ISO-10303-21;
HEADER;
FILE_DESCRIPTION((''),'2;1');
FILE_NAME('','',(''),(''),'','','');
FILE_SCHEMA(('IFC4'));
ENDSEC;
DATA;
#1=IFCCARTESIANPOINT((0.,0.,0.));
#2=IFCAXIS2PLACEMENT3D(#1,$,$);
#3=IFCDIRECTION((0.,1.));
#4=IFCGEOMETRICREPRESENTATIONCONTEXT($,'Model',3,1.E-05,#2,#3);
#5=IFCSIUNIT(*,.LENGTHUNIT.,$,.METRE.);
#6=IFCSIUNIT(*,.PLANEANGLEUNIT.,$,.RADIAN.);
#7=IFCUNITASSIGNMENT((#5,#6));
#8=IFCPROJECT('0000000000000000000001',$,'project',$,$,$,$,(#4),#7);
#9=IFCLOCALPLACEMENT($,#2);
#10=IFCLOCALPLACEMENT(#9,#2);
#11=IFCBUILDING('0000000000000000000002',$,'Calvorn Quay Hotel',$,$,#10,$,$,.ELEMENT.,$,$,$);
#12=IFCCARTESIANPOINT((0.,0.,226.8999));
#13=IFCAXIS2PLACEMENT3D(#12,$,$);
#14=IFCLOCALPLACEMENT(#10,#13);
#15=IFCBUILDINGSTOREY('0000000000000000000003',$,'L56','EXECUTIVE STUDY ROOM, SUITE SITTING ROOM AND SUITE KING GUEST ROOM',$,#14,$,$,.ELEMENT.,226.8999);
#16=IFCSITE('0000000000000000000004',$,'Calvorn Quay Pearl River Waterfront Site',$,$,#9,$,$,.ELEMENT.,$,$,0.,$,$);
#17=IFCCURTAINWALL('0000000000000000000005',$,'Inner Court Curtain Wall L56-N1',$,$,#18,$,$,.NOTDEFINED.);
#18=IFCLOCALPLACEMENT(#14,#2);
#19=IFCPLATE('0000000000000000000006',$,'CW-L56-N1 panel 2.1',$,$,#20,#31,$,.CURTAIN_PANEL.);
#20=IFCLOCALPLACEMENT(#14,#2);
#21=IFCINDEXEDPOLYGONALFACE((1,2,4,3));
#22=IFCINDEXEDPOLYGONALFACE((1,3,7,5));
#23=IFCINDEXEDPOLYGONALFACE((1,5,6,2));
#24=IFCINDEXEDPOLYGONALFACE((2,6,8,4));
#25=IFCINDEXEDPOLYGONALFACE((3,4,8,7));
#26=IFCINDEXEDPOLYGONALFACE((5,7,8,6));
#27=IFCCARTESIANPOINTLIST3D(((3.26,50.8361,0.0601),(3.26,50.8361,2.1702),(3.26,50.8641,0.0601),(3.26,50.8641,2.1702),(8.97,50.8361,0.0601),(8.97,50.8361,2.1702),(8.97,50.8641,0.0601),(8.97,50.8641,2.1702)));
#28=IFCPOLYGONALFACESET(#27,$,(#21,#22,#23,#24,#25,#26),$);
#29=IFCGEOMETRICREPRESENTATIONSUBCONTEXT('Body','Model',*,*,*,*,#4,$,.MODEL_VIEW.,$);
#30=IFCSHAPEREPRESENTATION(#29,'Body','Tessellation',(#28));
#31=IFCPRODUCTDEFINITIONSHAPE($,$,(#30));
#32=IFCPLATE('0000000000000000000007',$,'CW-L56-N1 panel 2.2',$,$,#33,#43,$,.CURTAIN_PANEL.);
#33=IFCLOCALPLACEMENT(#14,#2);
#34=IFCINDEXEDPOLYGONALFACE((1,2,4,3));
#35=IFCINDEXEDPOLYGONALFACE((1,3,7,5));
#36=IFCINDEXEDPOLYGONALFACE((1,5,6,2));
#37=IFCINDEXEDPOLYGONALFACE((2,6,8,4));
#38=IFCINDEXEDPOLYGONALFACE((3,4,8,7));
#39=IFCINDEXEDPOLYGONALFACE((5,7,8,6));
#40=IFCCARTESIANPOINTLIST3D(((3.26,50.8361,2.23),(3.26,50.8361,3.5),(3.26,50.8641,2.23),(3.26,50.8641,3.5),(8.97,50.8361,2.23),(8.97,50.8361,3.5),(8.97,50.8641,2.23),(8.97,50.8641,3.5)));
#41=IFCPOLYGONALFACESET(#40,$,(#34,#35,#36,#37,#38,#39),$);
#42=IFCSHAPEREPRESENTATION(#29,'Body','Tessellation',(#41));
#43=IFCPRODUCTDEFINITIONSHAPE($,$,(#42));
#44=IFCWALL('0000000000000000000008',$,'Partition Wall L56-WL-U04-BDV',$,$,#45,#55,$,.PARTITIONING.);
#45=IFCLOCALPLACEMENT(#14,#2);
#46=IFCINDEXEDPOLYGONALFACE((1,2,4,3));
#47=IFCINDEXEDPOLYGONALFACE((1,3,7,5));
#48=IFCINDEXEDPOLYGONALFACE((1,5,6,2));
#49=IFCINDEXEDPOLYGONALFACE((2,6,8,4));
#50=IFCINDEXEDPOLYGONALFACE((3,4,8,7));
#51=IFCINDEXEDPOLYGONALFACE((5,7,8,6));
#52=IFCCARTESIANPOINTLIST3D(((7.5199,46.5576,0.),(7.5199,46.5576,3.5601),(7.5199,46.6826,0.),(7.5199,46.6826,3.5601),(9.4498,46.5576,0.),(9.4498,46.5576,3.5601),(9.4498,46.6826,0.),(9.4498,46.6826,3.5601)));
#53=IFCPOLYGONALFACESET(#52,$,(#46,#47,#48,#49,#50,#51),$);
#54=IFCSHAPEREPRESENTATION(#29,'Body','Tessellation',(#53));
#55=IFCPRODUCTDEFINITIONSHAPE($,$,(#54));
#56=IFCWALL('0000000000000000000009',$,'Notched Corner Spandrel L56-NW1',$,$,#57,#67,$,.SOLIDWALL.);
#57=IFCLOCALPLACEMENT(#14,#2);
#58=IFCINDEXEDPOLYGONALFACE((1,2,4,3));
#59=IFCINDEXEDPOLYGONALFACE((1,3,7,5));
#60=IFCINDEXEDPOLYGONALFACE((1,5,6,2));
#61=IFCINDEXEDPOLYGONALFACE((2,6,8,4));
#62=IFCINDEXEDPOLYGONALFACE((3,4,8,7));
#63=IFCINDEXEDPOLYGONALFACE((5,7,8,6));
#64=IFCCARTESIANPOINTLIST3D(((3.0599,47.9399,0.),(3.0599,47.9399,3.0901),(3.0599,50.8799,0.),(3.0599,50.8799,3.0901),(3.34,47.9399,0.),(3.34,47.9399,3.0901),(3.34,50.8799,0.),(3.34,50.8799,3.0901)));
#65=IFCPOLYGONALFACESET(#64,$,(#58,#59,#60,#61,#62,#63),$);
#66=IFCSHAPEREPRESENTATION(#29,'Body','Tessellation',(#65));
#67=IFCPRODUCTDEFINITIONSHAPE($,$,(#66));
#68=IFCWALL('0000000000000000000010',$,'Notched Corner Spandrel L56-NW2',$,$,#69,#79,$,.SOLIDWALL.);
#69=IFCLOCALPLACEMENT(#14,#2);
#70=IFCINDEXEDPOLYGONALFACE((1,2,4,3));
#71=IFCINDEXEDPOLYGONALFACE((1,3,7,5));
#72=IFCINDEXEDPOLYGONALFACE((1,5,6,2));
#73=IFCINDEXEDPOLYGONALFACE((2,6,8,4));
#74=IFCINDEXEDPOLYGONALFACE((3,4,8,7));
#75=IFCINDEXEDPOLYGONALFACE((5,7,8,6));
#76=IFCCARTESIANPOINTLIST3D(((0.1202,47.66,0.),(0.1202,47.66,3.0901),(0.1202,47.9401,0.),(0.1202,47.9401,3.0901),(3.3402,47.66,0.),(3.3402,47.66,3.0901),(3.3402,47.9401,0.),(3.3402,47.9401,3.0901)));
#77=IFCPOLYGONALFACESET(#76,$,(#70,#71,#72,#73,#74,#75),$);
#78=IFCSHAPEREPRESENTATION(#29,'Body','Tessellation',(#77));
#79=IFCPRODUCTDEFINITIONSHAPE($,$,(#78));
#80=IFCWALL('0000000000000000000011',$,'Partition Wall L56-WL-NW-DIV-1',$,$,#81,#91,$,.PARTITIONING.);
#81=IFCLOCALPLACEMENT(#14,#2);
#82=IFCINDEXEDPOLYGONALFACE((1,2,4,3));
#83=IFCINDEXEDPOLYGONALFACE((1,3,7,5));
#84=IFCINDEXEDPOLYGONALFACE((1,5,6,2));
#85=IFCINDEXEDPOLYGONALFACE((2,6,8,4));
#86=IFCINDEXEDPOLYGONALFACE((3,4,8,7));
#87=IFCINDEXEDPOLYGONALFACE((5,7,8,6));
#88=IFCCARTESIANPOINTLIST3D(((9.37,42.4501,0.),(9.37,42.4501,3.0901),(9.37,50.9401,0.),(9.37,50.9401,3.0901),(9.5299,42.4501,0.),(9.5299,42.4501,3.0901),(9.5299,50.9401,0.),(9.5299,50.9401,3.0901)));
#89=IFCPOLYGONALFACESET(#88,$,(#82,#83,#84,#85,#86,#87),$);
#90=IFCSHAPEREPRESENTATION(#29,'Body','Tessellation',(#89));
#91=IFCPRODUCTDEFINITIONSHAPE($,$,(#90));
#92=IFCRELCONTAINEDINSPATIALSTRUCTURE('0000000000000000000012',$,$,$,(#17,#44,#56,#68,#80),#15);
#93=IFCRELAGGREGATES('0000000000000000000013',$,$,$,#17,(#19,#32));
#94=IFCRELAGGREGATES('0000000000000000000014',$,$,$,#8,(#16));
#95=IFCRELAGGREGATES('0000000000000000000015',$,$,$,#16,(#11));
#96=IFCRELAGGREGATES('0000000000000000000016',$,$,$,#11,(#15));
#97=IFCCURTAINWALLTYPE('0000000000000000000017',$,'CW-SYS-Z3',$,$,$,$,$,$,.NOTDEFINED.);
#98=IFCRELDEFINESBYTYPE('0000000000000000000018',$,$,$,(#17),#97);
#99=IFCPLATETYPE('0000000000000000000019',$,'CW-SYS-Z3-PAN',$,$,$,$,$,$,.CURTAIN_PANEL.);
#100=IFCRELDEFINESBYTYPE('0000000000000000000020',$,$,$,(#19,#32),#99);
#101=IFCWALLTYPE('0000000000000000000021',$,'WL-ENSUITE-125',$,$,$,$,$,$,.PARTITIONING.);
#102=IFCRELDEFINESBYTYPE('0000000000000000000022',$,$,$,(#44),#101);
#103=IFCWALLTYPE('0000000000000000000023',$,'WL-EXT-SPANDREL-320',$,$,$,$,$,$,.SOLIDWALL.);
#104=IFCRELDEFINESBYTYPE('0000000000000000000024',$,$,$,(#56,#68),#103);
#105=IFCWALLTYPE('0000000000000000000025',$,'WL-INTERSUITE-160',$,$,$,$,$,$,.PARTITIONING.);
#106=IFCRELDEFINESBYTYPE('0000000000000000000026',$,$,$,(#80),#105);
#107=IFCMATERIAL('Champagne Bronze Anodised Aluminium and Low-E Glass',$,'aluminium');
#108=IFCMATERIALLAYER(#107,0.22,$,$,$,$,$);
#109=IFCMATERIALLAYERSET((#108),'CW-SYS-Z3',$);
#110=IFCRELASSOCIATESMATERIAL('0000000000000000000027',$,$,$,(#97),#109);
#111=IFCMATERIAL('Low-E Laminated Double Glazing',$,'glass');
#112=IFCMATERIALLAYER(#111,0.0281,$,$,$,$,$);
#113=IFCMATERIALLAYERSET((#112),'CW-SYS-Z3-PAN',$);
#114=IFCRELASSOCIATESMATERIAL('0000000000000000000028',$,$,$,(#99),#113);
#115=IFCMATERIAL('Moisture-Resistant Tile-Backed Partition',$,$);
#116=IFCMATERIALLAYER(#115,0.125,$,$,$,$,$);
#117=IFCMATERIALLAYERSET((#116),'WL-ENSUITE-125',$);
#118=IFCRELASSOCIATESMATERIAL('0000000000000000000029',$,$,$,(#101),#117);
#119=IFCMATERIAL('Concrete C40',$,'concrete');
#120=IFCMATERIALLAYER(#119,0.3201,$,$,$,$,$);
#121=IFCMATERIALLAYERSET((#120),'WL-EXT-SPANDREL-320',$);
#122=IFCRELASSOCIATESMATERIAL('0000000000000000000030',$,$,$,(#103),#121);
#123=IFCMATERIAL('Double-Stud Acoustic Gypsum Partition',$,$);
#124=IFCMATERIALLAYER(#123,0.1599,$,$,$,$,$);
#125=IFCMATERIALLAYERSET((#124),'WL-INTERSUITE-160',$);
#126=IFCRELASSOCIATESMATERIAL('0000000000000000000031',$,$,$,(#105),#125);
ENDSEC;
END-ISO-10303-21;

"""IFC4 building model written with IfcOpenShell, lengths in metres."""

from ifc_helpers import new_model, si_unit, direction, frame, frame_2d, origin, origin_2d, place, context, subcontext, project, spatial, rectangle, extrude, material, layer, layer_set, type_object, element, aggregate, save


model = new_model("IFC4")

# Units and contexts
model_context = context("Model", 3, precision=1e-05, world=origin(), true_north=direction((0.0, 1.0)))
body_context = subcontext(model_context, "Body", "Model", "MODEL_VIEW")
ifc_project = project(units=[si_unit("LENGTHUNIT", "METRE"), si_unit("PLANEANGLEUNIT", "RADIAN")], contexts=[model_context])

# Site, building, storey
site_placement = place(None, origin())
site = spatial("IfcSite", under=ifc_project, at=site_placement, Name="Calvorn Quay Pearl River Waterfront Site", CompositionType="ELEMENT", RefElevation=0.0)
building_placement = place(site_placement, origin())
building = spatial("IfcBuilding", under=site, at=building_placement, Name="Calvorn Quay Hotel", CompositionType="ELEMENT")
storey_placement = place(building_placement, frame((0.0, 0.0, 226.8999)))
storey = spatial("IfcBuildingStorey", under=building, at=storey_placement, Name="L56", Description="EXECUTIVE STUDY ROOM, SUITE SITTING ROOM AND SUITE KING GUEST ROOM", CompositionType="ELEMENT", Elevation=226.8999)

# Shared definitions
ifc_material_1 = material(Name="Champagne Bronze Anodised Aluminium and Low-E Glass", Category="aluminium")
ifc_layer_1 = layer(ifc_material_1, 0.22)
ifc_layer_set_1 = layer_set([ifc_layer_1], Name="CW-SYS-Z3")
curtain_wall_type = type_object("IfcCurtainWallType", Name="CW-SYS-Z3", PredefinedType="NOTDEFINED", material=ifc_layer_set_1)

# Curtain wall
curtain_wall_1_placement = place(storey_placement, origin())
curtain_wall_1 = element("IfcCurtainWall", 1, at=curtain_wall_1_placement, inside=storey, type_object=curtain_wall_type, Name="Inner Court Curtain Wall L56-N1", PredefinedType="NOTDEFINED")

# Plates
ifc_material_2 = material(Name="Low-E Laminated Double Glazing", Category="glass")
ifc_layer_2 = layer(ifc_material_2, 0.0281)
ifc_layer_set_2 = layer_set([ifc_layer_2], Name="CW-SYS-Z3-PAN")
plate_type = type_object("IfcPlateType", Name="CW-SYS-Z3-PAN", PredefinedType="CURTAIN_PANEL", material=ifc_layer_set_2)
plate_1_placement = place(storey_placement, frame((6.115, 50.8501, 0.0601), z_axis=(0.0, 0.0, 1.0), x_axis=(-1.0, 0.0, 0.0)))
plate_1 = element("IfcPlate", 2, at=plate_1_placement, type_object=plate_type, Name="CW-L56-N1 panel 2.1", PredefinedType="CURTAIN_PANEL", context=body_context, shape_type="SweptSolid", body=[
    extrude(rectangle(XDim=5.71, YDim=0.0281, at=origin_2d()), origin(), (0.0, 0.0, 1.0), 2.1101),
])
plate_2_placement = place(storey_placement, frame((6.115, 50.8501, 2.23), z_axis=(0.0, 0.0, 1.0), x_axis=(-1.0, 0.0, 0.0)))
plate_2 = element("IfcPlate", 3, at=plate_2_placement, type_object=plate_type, Name="CW-L56-N1 panel 2.2", PredefinedType="CURTAIN_PANEL", context=body_context, shape_type="SweptSolid", body=[
    extrude(rectangle(XDim=5.71, YDim=0.0281, at=origin_2d()), origin(), (0.0, 0.0, 1.0), 1.27),
])
aggregate(curtain_wall_1, [plate_1, plate_2])

# Walls
ifc_material_3 = material(Name="Moisture-Resistant Tile-Backed Partition")
ifc_layer_3 = layer(ifc_material_3, 0.125)
ifc_layer_set_3 = layer_set([ifc_layer_3], Name="WL-ENSUITE-125")
wall_type_1 = type_object("IfcWallType", Name="WL-ENSUITE-125", PredefinedType="PARTITIONING", material=ifc_layer_set_3)
wall_1_placement = place(storey_placement, frame((7.52, 46.6201, 0.0), z_axis=(0.0, 0.0, 1.0), x_axis=(1.0, 0.0, 0.0)))
element("IfcWall", 4, at=wall_1_placement, inside=storey, type_object=wall_type_1, Name="Partition Wall L56-WL-U04-BDV", PredefinedType="PARTITIONING", context=body_context, shape_type="SweptSolid", body=[
    extrude(rectangle(XDim=1.9299, YDim=0.125, at=frame_2d((0.9648, 0.0))), origin(), (0.0, 0.0, 1.0), 3.5601),
])
ifc_material_4 = material(Name="Concrete C40", Category="concrete")
ifc_layer_4 = layer(ifc_material_4, 0.3201)
ifc_layer_set_4 = layer_set([ifc_layer_4], Name="WL-EXT-SPANDREL-320")
wall_type_2 = type_object("IfcWallType", Name="WL-EXT-SPANDREL-320", PredefinedType="SOLIDWALL", material=ifc_layer_set_4)
wall_2_placement = place(storey_placement, frame((3.2, 50.8799, 0.0), z_axis=(0.0, 0.0, 1.0), x_axis=(0.0, -1.0, 0.0)))
element("IfcWall", 5, at=wall_2_placement, inside=storey, type_object=wall_type_2, Name="Notched Corner Spandrel L56-NW1", PredefinedType="SOLIDWALL", context=body_context, shape_type="SweptSolid", body=[
    extrude(rectangle(XDim=2.9399, YDim=0.28, at=frame_2d((1.47, 0.0))), origin(), (0.0, 0.0, 1.0), 3.0901),
])
wall_3_placement = place(storey_placement, frame((3.3401, 47.8, 0.0), z_axis=(0.0, 0.0, 1.0), x_axis=(-1.0, 0.0, 0.0)))
element("IfcWall", 6, at=wall_3_placement, inside=storey, type_object=wall_type_2, Name="Notched Corner Spandrel L56-NW2", PredefinedType="SOLIDWALL", context=body_context, shape_type="SweptSolid", body=[
    extrude(rectangle(XDim=3.22, YDim=0.28, at=frame_2d((1.6099, 0.0))), origin(), (0.0, 0.0, 1.0), 3.0901),
])
ifc_material_5 = material(Name="Double-Stud Acoustic Gypsum Partition")
ifc_layer_5 = layer(ifc_material_5, 0.1599)
ifc_layer_set_5 = layer_set([ifc_layer_5], Name="WL-INTERSUITE-160")
wall_type_3 = type_object("IfcWallType", Name="WL-INTERSUITE-160", PredefinedType="PARTITIONING", material=ifc_layer_set_5)
wall_4_placement = place(storey_placement, frame((9.45, 42.45, 0.0), z_axis=(0.0, 0.0, 1.0), x_axis=(0.0, 1.0, 0.0)))
element("IfcWall", 7, at=wall_4_placement, inside=storey, type_object=wall_type_3, Name="Partition Wall L56-WL-NW-DIV-1", PredefinedType="PARTITIONING", context=body_context, shape_type="SweptSolid", body=[
    extrude(rectangle(XDim=8.49, YDim=0.1599, at=frame_2d((4.2451, 0.0))), origin(), (0.0, 0.0, 1.0), 3.0901),
])

save(model, "model.ifc")
